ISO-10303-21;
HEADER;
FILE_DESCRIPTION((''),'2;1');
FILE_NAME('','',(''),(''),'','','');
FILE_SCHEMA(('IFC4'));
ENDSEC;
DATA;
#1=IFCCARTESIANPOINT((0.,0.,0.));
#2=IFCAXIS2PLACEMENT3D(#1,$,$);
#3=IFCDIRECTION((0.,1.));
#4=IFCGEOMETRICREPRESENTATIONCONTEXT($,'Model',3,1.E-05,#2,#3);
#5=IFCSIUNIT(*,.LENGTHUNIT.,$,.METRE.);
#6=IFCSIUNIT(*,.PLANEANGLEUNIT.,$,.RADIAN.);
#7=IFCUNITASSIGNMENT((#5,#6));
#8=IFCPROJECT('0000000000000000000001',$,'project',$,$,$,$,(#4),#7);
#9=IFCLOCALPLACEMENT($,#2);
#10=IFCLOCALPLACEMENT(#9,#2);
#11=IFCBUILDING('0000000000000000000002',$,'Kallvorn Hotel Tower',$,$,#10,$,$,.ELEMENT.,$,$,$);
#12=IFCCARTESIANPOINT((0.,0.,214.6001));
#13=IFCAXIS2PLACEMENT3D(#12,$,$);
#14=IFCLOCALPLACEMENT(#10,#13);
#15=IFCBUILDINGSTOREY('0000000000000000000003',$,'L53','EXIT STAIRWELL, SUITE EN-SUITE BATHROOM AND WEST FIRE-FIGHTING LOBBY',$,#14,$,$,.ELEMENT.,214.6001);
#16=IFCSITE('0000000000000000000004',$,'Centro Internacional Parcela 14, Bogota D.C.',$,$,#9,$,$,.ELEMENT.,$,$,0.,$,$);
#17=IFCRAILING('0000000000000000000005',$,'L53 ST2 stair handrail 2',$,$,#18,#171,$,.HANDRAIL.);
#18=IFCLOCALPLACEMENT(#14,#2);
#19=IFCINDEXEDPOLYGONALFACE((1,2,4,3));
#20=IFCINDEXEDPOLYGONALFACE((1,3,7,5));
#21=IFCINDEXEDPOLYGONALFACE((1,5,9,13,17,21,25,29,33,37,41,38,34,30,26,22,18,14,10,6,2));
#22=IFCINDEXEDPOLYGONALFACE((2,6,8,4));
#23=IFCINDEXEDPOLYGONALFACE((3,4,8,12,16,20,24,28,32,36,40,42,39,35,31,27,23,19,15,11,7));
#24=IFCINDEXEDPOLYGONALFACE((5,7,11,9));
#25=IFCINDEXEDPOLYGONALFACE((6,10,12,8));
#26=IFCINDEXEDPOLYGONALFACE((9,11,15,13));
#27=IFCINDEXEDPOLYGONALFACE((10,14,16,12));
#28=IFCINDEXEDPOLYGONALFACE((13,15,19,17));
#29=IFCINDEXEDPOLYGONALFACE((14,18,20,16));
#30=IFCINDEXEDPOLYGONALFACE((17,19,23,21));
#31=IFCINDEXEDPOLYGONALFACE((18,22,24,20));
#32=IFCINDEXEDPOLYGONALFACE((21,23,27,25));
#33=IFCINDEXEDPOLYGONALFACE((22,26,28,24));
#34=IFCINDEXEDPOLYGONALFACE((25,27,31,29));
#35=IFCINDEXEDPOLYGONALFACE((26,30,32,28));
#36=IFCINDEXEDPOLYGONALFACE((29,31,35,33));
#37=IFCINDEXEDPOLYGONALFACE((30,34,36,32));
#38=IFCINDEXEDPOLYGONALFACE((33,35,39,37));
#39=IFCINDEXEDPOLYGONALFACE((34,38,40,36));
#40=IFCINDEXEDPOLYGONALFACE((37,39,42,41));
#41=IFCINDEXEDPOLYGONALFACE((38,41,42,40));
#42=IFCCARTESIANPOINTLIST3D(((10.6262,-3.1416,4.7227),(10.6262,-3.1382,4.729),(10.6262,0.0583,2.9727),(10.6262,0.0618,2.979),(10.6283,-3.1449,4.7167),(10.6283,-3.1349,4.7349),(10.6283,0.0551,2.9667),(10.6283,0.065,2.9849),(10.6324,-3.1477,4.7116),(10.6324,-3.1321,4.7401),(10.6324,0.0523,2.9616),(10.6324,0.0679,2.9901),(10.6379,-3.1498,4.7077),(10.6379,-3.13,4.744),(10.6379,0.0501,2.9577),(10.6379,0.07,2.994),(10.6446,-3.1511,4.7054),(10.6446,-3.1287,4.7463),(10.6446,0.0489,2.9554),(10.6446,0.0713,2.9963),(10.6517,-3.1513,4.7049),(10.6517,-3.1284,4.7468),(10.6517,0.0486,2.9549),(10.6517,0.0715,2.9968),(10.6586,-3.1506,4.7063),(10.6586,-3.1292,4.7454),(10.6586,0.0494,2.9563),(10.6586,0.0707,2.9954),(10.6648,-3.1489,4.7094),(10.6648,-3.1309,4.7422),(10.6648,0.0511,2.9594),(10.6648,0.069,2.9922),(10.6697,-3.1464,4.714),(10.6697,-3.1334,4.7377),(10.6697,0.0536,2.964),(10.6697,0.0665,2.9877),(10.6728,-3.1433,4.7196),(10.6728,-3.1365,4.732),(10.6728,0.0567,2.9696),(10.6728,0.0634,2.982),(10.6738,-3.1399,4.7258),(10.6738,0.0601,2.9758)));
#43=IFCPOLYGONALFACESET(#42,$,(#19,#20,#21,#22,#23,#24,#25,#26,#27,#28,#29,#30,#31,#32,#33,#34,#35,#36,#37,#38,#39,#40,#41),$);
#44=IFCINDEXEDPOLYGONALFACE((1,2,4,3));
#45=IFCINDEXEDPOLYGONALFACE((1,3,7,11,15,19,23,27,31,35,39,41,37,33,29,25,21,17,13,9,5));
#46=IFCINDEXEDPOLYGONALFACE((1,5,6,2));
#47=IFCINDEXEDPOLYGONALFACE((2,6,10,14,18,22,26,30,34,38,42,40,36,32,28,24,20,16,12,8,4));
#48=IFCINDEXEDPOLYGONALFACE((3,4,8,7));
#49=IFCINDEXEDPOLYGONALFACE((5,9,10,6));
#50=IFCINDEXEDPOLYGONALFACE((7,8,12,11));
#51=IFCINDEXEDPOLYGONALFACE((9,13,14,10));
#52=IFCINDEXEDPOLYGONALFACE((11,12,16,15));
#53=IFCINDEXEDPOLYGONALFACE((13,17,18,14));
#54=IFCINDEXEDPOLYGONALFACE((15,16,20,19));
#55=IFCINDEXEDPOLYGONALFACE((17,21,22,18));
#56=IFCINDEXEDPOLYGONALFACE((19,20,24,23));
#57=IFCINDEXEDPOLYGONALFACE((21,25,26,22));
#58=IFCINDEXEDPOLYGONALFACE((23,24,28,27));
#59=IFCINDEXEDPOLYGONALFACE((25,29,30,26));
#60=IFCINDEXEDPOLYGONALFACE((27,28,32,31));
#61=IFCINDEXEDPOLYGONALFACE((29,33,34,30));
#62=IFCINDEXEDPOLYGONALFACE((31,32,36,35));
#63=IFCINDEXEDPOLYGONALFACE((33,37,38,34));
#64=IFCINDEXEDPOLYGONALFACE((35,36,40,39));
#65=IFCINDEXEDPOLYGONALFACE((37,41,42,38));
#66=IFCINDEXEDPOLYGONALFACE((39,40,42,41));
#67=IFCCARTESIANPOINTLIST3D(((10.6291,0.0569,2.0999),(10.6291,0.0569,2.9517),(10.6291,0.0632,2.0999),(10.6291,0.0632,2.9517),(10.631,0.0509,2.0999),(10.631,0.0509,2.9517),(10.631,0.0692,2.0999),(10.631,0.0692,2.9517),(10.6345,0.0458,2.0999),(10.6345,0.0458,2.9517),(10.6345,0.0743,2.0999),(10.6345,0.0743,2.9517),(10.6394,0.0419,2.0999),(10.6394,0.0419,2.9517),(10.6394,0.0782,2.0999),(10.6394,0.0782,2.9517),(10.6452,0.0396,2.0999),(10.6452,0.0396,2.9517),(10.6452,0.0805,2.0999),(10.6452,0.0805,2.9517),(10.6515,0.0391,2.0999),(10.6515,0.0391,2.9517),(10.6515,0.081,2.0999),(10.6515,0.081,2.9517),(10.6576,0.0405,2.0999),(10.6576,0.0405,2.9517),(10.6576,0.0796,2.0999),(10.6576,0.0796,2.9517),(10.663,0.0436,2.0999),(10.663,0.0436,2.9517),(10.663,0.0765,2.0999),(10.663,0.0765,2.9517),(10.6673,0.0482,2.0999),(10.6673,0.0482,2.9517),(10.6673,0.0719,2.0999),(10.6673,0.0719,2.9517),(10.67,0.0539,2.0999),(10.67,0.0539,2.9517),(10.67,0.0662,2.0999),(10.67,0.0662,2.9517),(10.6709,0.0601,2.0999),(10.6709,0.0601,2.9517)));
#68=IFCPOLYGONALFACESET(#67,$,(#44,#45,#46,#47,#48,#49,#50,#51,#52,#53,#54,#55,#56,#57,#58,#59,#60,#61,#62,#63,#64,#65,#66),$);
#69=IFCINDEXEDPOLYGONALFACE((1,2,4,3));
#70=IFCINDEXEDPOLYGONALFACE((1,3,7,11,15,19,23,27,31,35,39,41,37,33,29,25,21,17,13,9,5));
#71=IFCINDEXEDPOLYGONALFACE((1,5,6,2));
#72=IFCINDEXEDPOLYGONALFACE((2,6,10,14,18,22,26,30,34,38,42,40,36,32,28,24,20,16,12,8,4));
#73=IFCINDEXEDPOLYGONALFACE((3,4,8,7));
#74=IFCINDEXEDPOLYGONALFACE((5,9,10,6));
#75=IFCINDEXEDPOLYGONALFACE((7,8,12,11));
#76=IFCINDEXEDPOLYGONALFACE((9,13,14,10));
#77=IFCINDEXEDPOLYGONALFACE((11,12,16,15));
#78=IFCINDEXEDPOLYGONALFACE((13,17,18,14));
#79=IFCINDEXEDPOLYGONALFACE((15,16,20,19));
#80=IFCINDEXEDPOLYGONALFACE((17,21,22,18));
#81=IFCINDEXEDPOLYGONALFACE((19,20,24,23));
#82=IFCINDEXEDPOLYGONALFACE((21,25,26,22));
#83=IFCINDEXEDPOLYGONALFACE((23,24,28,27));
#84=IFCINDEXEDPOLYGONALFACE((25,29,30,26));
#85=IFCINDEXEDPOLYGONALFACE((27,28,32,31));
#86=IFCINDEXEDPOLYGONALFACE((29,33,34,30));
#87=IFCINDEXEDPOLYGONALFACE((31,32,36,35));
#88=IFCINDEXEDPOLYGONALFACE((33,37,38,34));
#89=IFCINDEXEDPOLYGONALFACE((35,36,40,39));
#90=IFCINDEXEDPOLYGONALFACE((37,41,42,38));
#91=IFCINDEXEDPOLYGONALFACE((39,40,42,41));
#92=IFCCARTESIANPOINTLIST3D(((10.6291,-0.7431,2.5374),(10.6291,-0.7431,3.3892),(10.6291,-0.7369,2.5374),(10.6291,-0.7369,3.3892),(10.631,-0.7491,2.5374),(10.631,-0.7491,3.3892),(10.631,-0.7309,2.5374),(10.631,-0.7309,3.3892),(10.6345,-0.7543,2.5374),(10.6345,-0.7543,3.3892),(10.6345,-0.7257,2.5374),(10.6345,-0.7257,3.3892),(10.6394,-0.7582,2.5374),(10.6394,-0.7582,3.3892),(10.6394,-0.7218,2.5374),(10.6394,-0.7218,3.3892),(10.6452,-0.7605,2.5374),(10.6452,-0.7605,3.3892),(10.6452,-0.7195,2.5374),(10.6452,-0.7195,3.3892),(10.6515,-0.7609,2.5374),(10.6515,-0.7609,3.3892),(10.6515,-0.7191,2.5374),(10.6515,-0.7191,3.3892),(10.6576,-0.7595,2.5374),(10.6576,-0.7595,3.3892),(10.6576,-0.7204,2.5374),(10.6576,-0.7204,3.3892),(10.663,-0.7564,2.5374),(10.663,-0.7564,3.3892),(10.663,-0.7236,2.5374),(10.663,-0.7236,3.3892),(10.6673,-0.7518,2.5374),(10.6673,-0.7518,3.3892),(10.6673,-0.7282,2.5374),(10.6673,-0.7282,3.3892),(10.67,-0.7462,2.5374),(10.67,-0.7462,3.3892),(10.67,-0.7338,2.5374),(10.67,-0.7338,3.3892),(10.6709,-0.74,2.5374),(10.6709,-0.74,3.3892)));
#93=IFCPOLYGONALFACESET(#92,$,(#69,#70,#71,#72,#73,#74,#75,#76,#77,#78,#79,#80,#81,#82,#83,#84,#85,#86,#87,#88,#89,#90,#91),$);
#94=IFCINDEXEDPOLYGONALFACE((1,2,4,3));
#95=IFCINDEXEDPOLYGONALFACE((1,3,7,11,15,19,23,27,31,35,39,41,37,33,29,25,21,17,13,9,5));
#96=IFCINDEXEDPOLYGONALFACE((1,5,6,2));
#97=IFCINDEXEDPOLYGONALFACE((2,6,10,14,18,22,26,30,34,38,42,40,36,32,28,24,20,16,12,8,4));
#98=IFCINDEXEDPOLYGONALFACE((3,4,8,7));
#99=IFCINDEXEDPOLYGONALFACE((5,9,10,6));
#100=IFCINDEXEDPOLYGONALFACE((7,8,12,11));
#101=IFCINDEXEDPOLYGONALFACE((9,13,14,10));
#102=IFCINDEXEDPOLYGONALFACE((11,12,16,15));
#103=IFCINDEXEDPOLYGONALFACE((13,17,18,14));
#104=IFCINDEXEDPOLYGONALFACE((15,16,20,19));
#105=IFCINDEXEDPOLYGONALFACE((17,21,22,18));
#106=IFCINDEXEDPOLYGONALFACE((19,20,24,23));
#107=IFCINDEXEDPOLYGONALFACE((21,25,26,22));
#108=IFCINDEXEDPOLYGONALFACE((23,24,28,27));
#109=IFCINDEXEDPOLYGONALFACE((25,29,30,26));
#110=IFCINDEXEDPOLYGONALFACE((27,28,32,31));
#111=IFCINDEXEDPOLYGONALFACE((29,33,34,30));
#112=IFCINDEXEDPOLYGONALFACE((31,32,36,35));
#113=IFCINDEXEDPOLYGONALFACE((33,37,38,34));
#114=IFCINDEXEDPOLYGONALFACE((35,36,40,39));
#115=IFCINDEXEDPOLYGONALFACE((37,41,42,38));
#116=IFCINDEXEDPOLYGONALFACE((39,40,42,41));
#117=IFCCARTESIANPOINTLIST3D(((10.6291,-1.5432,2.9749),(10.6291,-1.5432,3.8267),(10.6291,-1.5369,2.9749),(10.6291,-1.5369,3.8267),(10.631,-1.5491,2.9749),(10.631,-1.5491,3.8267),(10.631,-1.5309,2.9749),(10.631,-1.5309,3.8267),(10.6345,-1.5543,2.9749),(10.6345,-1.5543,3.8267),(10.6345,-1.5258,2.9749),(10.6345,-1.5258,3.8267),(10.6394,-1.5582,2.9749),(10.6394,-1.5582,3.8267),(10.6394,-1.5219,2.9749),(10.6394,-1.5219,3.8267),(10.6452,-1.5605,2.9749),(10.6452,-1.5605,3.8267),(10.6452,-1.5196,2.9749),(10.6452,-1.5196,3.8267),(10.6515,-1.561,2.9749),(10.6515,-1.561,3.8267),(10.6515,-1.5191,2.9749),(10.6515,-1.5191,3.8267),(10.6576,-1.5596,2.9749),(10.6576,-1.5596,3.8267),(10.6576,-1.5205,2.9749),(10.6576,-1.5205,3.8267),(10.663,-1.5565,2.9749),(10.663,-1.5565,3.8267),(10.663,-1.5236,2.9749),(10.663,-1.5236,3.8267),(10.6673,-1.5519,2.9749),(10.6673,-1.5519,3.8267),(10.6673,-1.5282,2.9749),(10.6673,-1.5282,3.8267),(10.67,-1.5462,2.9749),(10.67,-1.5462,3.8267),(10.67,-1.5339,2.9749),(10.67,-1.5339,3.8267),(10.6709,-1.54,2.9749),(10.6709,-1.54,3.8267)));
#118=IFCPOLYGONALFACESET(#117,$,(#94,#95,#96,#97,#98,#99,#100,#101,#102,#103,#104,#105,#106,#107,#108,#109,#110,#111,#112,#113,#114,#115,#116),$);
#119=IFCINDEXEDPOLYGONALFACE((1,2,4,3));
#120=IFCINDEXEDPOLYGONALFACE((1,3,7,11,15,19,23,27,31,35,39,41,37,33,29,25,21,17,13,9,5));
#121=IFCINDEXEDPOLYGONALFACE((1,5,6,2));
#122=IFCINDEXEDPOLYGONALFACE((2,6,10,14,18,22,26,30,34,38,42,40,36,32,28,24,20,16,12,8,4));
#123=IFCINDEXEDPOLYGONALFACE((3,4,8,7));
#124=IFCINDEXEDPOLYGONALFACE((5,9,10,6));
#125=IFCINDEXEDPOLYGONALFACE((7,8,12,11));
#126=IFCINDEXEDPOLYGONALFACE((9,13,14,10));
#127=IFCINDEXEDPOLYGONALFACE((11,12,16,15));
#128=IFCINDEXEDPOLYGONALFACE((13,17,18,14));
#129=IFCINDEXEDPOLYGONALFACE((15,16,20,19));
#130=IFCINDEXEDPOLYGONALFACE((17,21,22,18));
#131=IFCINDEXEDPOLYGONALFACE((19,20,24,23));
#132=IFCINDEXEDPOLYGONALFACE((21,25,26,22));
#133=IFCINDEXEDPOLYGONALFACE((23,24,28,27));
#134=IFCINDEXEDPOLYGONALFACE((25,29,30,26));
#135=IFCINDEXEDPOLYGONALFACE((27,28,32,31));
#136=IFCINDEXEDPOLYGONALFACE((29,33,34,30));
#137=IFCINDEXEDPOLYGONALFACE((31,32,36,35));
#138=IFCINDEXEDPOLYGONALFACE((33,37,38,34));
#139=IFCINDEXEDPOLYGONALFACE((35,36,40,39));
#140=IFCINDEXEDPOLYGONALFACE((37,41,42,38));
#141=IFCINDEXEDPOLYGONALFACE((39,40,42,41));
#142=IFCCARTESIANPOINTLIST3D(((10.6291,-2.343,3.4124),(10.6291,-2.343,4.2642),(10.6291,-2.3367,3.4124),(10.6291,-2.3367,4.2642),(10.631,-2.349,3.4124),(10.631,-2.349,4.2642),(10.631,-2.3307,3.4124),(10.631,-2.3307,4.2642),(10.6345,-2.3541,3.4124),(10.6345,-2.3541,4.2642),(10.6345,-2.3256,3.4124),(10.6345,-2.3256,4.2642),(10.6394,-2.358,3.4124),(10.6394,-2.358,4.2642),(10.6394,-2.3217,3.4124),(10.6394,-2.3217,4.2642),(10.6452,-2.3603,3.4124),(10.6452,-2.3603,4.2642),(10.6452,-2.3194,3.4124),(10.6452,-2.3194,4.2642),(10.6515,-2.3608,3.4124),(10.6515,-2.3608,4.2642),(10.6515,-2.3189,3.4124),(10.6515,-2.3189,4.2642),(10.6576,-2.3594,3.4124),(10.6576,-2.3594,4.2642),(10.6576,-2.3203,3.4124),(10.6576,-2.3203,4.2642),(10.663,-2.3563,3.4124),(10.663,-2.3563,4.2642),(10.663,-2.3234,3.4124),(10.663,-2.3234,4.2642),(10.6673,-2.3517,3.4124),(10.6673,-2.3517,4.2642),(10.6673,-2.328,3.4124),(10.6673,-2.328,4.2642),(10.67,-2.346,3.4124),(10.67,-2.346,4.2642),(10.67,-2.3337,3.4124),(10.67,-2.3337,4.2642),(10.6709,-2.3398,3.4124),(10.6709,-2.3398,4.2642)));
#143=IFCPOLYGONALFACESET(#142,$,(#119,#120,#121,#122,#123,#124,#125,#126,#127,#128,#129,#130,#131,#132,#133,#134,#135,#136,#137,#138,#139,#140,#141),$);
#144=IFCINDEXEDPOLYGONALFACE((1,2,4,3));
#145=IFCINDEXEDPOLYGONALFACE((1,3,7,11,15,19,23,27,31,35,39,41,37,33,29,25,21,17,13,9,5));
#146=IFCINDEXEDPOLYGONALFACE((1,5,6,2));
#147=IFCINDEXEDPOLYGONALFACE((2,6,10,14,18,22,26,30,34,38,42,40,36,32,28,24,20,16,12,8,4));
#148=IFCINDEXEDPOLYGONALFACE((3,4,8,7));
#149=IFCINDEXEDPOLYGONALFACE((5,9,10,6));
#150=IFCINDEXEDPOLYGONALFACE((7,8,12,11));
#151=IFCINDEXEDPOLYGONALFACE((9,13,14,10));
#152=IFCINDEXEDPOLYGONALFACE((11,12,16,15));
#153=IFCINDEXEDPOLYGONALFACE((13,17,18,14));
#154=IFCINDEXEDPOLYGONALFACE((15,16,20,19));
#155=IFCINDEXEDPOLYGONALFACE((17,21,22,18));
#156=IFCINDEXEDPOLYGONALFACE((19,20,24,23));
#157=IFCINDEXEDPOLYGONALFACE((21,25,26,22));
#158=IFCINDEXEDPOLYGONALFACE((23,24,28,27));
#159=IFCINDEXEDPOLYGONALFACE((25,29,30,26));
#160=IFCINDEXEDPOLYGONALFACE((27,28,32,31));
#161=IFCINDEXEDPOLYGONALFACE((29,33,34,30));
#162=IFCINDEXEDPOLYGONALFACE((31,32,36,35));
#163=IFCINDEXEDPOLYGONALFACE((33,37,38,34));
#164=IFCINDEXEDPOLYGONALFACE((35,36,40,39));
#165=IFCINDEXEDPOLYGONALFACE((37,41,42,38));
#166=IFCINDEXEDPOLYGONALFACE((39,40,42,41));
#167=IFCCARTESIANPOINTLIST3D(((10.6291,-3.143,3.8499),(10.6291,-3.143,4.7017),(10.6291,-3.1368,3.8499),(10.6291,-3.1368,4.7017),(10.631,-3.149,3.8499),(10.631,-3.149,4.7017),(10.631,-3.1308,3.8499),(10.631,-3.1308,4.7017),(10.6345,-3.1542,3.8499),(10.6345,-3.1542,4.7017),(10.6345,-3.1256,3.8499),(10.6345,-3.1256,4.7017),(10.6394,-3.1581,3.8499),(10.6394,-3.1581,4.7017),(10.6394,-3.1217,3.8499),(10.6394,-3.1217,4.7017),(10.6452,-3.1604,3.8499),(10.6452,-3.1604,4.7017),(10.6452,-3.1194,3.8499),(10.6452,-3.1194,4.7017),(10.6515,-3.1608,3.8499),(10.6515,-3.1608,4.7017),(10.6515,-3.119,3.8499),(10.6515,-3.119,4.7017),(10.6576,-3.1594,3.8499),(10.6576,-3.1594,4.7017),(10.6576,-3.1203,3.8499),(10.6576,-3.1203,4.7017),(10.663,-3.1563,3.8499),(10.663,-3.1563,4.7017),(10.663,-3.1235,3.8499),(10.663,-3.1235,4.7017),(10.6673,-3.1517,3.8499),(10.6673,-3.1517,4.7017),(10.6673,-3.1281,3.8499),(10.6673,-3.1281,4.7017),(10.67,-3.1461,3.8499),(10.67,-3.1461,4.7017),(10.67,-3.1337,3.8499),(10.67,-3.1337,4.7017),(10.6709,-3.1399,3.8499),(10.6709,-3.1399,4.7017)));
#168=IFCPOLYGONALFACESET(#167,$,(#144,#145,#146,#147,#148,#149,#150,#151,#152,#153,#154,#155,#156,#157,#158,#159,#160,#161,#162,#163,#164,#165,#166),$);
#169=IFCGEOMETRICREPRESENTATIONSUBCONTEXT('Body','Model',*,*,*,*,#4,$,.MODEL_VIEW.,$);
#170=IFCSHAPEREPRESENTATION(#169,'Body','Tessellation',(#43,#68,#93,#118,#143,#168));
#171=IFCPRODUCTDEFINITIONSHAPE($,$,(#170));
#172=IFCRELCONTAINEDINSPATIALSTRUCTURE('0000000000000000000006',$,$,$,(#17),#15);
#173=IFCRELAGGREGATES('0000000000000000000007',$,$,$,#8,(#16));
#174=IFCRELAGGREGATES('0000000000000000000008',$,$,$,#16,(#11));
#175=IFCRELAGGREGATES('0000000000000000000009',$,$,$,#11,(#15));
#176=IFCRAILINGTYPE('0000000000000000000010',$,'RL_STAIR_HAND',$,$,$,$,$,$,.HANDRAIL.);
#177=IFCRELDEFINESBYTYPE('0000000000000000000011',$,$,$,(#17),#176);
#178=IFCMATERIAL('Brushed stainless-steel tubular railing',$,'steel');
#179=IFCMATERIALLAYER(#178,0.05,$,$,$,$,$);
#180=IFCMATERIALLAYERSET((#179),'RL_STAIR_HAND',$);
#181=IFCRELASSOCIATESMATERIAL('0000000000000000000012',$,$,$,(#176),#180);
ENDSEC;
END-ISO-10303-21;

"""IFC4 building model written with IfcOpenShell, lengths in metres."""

from ifc_helpers import new_model, si_unit, direction, frame, origin, origin_2d, place, context, subcontext, project, spatial, circle, extrude, material, layer, layer_set, type_object, element, save


model = new_model("IFC4")

# Units and contexts
model_context = context("Model", 3, precision=1e-05, world=origin(), true_north=direction((0.0, 1.0)))
body_context = subcontext(model_context, "Body", "Model", "MODEL_VIEW")
ifc_project = project(units=[si_unit("LENGTHUNIT", "METRE"), si_unit("PLANEANGLEUNIT", "RADIAN")], contexts=[model_context])

# Site, building, storey
site_placement = place(None, origin())
site = spatial("IfcSite", under=ifc_project, at=site_placement, Name="Centro Internacional Parcela 14, Bogota D.C.", CompositionType="ELEMENT", RefElevation=0.0)
building_placement = place(site_placement, origin())
building = spatial("IfcBuilding", under=site, at=building_placement, Name="Kallvorn Hotel Tower", CompositionType="ELEMENT")
storey_placement = place(building_placement, frame((0.0, 0.0, 214.6001)))
storey = spatial("IfcBuildingStorey", under=building, at=storey_placement, Name="L53", Description="EXIT STAIRWELL, SUITE EN-SUITE BATHROOM AND WEST FIRE-FIGHTING LOBBY", CompositionType="ELEMENT", Elevation=214.6001)

# Railing
ifc_material_1 = material(Name="Brushed stainless-steel tubular railing", Category="steel")
ifc_layer_1 = layer(ifc_material_1, 0.05)
ifc_layer_set_1 = layer_set([ifc_layer_1], Name="RL_STAIR_HAND")
railing_type_1 = type_object("IfcRailingType", Name="RL_STAIR_HAND", PredefinedType="HANDRAIL", material=ifc_layer_set_1)
railing_1_placement = place(storey_placement, frame((10.6499, 0.0601, 2.0999)))
element("IfcRailing", 1, at=railing_1_placement, inside=storey, type_object=railing_type_1, Name="L53 ST2 stair handrail 2", PredefinedType="HANDRAIL", context=body_context, shape_type="SweptSolid", body=[
    extrude(circle(Radius=0.0239, at=origin_2d()), frame((0.0, 0.0, 0.876), z_axis=(0.0, -0.877368, 0.479818), x_axis=(1.0, 0.0, 0.0)), (0.0, 0.0, 1.0), 3.6472),
    extrude(circle(Radius=0.021, at=origin_2d()), origin(), (0.0, 0.0, 1.0), 0.8518),
    extrude(circle(Radius=0.021, at=origin_2d()), frame((0.0, -0.8, 0.4375)), (0.0, 0.0, 1.0), 0.8518),
    extrude(circle(Radius=0.021, at=origin_2d()), frame((0.0, -1.6001, 0.875)), (0.0, 0.0, 1.0), 0.8518),
    extrude(circle(Radius=0.021, at=origin_2d()), frame((0.0, -2.3999, 1.3125)), (0.0, 0.0, 1.0), 0.8518),
    extrude(circle(Radius=0.021, at=origin_2d()), frame((0.0, -3.2, 1.75)), (0.0, 0.0, 1.0), 0.8518),
])

save(model, "model.ifc")
